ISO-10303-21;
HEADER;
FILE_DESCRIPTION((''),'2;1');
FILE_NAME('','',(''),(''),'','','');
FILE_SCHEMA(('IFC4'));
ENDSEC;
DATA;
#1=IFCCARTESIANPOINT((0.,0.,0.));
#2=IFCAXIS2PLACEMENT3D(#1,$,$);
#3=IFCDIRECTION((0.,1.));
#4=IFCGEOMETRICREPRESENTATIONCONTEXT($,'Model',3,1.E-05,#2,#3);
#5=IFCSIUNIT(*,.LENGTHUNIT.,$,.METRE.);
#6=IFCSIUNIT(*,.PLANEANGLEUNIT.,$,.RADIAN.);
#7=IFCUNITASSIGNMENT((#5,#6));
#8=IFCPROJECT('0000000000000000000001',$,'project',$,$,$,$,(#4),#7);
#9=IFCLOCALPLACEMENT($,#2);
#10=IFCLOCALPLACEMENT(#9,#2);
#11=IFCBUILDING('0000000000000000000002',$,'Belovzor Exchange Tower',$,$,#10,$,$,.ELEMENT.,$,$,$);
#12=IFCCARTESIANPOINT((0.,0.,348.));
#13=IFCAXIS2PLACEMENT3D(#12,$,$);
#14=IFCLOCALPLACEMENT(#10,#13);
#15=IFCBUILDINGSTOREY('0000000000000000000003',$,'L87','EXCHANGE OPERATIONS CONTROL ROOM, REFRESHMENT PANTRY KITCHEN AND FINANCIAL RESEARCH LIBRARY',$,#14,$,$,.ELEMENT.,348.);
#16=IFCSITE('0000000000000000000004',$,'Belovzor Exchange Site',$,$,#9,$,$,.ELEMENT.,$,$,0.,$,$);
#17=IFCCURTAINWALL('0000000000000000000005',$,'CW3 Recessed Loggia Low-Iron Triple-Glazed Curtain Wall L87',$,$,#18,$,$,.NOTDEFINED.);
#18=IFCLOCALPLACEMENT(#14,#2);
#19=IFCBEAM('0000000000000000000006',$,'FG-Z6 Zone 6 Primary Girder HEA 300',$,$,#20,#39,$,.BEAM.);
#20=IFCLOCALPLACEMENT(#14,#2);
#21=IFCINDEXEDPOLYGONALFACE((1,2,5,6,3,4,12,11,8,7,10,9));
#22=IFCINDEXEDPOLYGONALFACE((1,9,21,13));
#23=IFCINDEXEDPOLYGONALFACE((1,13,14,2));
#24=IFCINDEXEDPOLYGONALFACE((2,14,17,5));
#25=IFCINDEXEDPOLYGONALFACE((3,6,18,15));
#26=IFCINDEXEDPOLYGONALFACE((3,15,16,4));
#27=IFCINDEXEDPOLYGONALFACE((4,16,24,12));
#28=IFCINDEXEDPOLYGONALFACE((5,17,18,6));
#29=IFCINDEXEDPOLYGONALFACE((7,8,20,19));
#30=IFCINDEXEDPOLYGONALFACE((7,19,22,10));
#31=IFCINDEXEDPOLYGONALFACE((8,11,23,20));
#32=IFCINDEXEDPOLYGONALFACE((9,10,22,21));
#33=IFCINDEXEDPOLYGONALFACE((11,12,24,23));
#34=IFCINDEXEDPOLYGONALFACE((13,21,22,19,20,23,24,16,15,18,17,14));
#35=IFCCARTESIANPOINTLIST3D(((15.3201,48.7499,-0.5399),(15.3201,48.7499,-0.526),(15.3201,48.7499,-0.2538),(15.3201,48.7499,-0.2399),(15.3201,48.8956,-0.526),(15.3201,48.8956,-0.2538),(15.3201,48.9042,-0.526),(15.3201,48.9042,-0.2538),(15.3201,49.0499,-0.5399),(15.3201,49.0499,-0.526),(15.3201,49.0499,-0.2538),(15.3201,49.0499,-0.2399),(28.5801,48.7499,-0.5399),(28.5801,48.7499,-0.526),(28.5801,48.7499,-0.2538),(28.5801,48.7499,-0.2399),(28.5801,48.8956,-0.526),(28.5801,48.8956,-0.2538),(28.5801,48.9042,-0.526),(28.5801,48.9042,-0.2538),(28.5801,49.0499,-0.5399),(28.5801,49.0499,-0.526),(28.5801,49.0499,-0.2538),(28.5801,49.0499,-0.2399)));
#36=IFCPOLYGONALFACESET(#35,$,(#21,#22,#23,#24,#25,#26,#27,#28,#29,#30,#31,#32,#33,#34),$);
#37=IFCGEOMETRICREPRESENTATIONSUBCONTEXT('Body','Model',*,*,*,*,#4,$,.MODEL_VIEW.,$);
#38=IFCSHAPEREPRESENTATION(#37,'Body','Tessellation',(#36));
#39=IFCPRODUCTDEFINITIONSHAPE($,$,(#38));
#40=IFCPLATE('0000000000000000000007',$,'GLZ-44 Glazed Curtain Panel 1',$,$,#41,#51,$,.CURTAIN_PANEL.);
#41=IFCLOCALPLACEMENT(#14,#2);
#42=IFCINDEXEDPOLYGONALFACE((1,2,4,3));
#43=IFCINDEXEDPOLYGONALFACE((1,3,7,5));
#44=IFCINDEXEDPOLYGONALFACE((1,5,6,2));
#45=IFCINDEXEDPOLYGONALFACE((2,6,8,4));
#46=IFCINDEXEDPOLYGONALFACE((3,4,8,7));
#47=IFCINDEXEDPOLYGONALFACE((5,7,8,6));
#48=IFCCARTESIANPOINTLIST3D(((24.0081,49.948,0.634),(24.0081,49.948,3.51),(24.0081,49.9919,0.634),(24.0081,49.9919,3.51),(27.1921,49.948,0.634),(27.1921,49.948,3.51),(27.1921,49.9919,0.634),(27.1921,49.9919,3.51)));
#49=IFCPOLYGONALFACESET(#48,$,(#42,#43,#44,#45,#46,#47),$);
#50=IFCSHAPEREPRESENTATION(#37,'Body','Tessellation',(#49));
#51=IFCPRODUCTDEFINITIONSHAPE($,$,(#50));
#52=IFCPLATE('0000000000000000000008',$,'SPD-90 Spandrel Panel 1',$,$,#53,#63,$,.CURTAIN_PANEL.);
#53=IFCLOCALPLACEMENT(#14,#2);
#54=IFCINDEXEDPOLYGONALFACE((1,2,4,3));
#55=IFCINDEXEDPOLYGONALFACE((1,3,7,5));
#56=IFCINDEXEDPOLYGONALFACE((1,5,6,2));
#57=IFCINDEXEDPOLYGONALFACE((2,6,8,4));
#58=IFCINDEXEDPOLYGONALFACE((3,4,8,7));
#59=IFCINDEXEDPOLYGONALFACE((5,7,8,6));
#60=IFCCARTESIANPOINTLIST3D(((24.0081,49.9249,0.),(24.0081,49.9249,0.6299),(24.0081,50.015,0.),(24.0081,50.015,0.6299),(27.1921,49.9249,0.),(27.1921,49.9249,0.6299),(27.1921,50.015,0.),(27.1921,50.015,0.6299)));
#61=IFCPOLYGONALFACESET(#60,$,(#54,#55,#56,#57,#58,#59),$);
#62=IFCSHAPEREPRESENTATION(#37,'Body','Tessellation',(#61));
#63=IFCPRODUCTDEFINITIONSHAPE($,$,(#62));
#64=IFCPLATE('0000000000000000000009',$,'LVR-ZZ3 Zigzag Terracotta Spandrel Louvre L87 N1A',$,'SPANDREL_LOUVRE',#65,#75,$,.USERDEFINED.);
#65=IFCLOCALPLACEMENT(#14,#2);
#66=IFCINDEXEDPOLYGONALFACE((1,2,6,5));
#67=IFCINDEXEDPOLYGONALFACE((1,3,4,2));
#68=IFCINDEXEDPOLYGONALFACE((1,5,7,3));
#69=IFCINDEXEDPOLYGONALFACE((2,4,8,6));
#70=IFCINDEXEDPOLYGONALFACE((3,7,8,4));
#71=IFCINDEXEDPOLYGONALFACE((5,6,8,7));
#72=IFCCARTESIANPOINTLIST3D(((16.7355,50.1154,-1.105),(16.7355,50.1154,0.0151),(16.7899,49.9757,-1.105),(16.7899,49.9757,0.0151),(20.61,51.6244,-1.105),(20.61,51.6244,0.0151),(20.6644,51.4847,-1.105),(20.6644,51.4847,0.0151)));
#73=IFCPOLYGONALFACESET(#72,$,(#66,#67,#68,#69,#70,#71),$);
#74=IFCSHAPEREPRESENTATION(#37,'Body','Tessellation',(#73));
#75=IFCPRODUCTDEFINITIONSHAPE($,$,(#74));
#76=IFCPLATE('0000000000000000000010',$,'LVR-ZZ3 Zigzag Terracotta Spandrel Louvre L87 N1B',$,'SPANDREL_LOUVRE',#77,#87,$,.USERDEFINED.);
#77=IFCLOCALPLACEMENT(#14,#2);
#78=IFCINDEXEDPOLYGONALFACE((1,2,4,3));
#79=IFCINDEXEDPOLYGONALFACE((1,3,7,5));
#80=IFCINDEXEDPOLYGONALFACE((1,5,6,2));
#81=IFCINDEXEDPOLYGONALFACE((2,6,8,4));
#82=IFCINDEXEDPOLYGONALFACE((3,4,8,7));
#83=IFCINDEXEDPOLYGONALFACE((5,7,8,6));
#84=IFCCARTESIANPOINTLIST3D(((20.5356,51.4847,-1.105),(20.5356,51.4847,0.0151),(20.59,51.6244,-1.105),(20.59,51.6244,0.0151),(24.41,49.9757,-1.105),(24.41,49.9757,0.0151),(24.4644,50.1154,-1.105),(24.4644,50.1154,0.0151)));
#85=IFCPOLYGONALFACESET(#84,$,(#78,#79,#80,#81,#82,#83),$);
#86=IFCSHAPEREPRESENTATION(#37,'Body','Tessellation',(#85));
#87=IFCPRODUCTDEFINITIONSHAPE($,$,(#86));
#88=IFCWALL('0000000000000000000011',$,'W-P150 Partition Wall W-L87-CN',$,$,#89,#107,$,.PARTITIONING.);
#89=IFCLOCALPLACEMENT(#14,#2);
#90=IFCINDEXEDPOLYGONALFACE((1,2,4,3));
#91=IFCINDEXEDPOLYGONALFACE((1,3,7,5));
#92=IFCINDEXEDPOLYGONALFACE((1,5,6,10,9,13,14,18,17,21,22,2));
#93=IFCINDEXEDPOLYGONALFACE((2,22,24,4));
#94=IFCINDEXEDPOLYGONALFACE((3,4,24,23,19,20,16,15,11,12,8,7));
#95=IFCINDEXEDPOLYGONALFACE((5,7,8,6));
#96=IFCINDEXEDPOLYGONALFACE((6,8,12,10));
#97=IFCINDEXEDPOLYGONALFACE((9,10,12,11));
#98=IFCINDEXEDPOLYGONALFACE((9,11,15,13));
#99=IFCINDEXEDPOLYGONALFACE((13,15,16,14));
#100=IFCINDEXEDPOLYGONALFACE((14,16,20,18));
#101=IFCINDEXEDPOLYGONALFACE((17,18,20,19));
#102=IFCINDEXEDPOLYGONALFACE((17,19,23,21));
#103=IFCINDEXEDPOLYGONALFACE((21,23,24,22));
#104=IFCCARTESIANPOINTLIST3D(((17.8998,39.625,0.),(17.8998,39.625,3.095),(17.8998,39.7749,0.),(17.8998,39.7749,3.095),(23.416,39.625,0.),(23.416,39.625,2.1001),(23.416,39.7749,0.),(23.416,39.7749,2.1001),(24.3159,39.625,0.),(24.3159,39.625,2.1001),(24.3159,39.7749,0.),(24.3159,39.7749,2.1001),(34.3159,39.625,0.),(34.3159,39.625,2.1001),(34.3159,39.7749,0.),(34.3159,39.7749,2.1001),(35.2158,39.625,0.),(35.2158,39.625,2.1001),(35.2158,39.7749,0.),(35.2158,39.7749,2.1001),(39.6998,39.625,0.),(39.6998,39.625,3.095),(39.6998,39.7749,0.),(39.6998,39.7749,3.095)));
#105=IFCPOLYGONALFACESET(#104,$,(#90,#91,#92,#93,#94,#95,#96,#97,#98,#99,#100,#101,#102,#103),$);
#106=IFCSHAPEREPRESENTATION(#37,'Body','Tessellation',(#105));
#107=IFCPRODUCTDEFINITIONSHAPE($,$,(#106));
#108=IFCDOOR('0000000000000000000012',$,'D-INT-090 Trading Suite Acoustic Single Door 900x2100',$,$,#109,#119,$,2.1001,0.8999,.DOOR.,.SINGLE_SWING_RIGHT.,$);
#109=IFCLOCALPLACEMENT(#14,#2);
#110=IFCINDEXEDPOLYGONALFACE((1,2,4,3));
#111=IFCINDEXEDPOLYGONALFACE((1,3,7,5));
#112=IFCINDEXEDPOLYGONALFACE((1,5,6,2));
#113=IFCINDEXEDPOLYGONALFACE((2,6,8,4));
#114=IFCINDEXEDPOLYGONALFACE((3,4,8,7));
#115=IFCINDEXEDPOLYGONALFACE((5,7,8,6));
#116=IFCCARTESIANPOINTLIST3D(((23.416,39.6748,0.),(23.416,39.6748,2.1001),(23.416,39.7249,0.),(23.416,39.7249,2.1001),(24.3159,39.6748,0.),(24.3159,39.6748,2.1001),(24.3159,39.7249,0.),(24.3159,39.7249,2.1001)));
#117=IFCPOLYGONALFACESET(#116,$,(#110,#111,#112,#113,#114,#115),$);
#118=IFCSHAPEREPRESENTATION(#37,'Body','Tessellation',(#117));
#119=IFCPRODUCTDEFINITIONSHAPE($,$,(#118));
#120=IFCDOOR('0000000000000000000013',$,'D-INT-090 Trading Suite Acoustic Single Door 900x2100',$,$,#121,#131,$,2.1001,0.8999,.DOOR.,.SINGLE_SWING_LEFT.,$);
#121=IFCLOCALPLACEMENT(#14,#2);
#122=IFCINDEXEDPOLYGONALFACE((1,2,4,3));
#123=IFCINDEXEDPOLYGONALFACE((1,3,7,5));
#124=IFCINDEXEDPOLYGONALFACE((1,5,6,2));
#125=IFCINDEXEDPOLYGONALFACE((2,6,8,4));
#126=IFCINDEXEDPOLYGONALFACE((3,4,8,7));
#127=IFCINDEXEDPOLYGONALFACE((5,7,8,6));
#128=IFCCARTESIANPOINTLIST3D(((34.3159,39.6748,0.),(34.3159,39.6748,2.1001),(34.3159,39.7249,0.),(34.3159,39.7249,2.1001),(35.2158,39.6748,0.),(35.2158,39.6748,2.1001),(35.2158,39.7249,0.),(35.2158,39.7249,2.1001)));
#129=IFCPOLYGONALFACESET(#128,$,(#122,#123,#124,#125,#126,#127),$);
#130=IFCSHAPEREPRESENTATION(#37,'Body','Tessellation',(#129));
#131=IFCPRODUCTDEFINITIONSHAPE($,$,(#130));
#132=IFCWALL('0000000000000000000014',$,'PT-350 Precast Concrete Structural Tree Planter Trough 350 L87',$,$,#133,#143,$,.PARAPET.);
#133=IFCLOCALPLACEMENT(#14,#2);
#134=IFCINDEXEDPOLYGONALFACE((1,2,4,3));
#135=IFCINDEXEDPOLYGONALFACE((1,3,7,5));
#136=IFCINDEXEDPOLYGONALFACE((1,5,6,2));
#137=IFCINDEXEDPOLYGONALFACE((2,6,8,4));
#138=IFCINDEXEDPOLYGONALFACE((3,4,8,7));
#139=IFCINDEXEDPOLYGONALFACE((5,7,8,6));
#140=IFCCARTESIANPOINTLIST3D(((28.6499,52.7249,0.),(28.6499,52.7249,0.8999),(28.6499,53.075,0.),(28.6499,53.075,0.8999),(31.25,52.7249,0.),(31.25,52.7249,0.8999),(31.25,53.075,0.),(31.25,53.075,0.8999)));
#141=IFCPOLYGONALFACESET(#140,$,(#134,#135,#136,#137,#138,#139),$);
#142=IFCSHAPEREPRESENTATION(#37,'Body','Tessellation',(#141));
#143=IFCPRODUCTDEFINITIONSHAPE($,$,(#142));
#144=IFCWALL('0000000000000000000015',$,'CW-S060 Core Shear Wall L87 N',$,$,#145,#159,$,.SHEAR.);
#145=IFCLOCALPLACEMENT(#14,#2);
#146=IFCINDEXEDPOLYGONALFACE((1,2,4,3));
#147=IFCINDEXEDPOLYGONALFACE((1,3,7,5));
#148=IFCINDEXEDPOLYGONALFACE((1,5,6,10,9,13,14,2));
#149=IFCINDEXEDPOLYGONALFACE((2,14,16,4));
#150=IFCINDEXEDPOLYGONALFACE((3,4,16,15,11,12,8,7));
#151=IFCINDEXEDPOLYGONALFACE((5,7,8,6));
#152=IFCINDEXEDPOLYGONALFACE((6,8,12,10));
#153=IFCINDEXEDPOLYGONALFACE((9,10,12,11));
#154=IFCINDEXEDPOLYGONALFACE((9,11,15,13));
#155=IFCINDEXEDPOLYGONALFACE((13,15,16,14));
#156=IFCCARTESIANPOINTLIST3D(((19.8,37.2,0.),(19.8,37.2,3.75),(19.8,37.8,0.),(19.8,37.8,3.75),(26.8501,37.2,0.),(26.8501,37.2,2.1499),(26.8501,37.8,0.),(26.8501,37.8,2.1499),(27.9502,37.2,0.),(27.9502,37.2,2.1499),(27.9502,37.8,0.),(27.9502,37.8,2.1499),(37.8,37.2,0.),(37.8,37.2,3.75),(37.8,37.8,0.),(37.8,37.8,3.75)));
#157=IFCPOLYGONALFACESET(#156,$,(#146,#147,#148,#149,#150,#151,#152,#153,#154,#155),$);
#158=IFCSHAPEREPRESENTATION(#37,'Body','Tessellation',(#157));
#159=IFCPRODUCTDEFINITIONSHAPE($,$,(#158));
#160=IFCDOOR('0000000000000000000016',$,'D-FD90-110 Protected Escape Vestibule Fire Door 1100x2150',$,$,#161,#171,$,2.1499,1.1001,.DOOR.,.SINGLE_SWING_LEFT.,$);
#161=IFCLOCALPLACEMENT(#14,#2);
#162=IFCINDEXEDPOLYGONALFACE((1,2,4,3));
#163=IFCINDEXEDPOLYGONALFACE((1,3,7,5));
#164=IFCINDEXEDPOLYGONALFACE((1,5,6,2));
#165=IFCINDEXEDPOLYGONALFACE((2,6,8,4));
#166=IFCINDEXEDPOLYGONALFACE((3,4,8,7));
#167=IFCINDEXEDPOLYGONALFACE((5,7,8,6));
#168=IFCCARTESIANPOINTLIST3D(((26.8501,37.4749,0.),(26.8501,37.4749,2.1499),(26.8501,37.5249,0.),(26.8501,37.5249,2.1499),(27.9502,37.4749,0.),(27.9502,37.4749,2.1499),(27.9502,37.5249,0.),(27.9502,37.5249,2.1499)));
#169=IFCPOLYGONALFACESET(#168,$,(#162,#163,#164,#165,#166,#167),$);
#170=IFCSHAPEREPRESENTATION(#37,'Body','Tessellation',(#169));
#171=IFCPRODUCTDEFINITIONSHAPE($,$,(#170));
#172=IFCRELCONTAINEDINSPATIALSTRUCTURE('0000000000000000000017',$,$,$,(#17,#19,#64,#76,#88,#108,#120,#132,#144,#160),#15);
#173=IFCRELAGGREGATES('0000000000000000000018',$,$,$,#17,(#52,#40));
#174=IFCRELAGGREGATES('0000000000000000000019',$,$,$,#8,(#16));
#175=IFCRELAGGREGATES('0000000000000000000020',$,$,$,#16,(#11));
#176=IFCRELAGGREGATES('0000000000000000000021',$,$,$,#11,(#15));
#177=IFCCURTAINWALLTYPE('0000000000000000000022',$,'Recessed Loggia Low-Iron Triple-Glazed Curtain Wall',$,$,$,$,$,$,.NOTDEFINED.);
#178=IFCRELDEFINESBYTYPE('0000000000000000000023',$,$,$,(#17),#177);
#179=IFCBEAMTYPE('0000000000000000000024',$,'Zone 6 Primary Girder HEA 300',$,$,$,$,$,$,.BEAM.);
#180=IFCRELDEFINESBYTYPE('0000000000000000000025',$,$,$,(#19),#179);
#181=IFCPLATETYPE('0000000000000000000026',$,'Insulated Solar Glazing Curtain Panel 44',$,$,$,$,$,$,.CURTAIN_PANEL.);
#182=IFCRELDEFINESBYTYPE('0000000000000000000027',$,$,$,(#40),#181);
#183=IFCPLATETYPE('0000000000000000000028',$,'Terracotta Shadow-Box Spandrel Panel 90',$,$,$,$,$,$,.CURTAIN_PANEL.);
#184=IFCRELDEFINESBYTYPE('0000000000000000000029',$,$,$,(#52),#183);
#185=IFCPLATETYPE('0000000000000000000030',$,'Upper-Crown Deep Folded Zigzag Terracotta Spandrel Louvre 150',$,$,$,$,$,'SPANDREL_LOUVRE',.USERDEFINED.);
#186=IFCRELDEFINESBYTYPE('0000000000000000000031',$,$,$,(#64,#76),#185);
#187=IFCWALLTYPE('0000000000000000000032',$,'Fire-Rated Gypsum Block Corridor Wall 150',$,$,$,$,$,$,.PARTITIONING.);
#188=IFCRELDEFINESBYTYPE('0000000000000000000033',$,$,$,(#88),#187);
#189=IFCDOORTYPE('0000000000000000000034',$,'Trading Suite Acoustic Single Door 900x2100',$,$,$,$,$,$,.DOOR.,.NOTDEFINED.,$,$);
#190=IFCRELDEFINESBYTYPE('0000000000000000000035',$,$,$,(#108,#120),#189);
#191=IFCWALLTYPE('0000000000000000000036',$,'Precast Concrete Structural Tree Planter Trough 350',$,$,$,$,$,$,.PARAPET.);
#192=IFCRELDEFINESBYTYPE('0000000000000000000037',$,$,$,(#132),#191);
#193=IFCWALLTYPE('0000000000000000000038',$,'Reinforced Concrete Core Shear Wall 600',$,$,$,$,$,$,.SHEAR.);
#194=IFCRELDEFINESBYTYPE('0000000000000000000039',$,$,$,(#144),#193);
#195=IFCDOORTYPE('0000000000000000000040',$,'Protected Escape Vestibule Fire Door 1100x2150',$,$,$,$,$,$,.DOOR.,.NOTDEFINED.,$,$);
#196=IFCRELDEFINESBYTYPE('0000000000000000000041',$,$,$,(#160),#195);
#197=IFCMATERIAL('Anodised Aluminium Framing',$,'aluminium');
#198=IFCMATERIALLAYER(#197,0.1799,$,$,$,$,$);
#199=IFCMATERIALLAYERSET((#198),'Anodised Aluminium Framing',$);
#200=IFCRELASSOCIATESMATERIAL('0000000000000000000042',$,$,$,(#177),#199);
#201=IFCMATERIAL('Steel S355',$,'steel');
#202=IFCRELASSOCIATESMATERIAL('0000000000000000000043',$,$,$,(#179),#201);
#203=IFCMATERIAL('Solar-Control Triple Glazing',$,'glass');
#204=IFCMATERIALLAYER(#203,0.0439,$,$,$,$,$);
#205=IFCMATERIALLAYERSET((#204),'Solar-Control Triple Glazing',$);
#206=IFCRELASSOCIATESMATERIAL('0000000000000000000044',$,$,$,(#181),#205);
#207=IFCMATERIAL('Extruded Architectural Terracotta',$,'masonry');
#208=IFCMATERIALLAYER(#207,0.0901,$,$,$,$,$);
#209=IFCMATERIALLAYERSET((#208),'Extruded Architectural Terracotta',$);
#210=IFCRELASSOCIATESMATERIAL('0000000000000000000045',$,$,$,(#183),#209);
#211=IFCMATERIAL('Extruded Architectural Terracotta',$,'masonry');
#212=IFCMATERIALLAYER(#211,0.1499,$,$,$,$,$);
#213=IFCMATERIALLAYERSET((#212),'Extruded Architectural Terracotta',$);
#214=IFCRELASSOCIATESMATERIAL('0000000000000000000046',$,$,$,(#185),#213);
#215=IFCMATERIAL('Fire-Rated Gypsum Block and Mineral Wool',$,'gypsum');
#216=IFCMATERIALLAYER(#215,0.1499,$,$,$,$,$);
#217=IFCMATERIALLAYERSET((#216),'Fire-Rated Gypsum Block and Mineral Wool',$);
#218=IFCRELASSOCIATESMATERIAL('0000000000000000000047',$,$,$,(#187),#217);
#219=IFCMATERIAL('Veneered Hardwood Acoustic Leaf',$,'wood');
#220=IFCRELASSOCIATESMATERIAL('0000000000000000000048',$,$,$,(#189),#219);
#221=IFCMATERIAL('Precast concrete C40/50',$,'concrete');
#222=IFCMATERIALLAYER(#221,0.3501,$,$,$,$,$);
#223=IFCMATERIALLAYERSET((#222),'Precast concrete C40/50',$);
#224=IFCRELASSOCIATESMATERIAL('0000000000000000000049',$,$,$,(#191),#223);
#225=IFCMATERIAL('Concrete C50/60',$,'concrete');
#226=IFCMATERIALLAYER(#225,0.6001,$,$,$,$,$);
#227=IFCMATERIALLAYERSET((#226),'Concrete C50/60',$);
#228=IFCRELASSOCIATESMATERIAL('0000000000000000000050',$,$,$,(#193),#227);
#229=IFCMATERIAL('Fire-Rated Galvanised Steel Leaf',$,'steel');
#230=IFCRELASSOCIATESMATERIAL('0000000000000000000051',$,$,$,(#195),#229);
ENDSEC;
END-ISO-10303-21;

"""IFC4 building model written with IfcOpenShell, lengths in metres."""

from ifc_helpers import new_model, si_unit, direction, frame, frame_2d, origin, origin_2d, place, context, subcontext, project, spatial, rectangle, i_section, extrude, material, layer, layer_set, material_profile, profile_set, type_object, element, fill, aggregate, save


model = new_model("IFC4")

# Units and contexts
model_context = context("Model", 3, precision=1e-05, world=origin(), true_north=direction((0.0, 1.0)))
body_context = subcontext(model_context, "Body", "Model", "MODEL_VIEW")
ifc_project = project(units=[si_unit("LENGTHUNIT", "METRE"), si_unit("PLANEANGLEUNIT", "RADIAN")], contexts=[model_context])

# Site, building, storey
site_placement = place(None, origin())
site = spatial("IfcSite", under=ifc_project, at=site_placement, Name="Belovzor Exchange Site", CompositionType="ELEMENT", RefElevation=0.0)
building_placement = place(site_placement, origin())
building = spatial("IfcBuilding", under=site, at=building_placement, Name="Belovzor Exchange Tower", CompositionType="ELEMENT")
storey_placement = place(building_placement, frame((0.0, 0.0, 348.0)))
storey = spatial("IfcBuildingStorey", under=building, at=storey_placement, Name="L87", Description="EXCHANGE OPERATIONS CONTROL ROOM, REFRESHMENT PANTRY KITCHEN AND FINANCIAL RESEARCH LIBRARY", CompositionType="ELEMENT", Elevation=348.0)

# Curtain wall
ifc_material_1 = material(Name="Anodised Aluminium Framing", Category="aluminium")
ifc_layer_1 = layer(ifc_material_1, 0.1799)
ifc_layer_set_1 = layer_set([ifc_layer_1], Name="Anodised Aluminium Framing")
curtain_wall_type = type_object("IfcCurtainWallType", Name="Recessed Loggia Low-Iron Triple-Glazed Curtain Wall", PredefinedType="NOTDEFINED", material=ifc_layer_set_1)
curtain_wall_placement = place(storey_placement, origin())
curtain_wall = element("IfcCurtainWall", 1, at=curtain_wall_placement, inside=storey, type_object=curtain_wall_type, Name="CW3 Recessed Loggia Low-Iron Triple-Glazed Curtain Wall L87", PredefinedType="NOTDEFINED")

# Beam
ifc_material_2 = material(Name="Steel S355", Category="steel")
ifc_material_profile_1 = material_profile(ifc_material_2, i_section(OverallWidth=0.3, OverallDepth=0.3, WebThickness=0.0085, FlangeThickness=0.0139, at=origin_2d()))
ifc_profile_set_1 = profile_set([ifc_material_profile_1], Name="Steel S355")
beam_type_1 = type_object("IfcBeamType", Name="Zone 6 Primary Girder HEA 300", PredefinedType="BEAM", material=ifc_profile_set_1)
beam_1_placement = place(storey_placement, frame((28.5801, 48.8999, -0.3899), z_axis=(-1.0, 0.0, 0.0), x_axis=(0.0, -1.0, 0.0)))
element("IfcBeam", 2, at=beam_1_placement, inside=storey, type_object=beam_type_1, Name="FG-Z6 Zone 6 Primary Girder HEA 300", PredefinedType="BEAM", context=body_context, shape_type="SweptSolid", body=[
    extrude(i_section(OverallWidth=0.3, OverallDepth=0.3, WebThickness=0.0085, FlangeThickness=0.0139, at=origin_2d()), origin(), (0.0, 0.0, 1.0), 13.26),
])

# Plates
ifc_material_3 = material(Name="Solar-Control Triple Glazing", Category="glass")
ifc_layer_2 = layer(ifc_material_3, 0.0439)
ifc_layer_set_2 = layer_set([ifc_layer_2], Name="Solar-Control Triple Glazing")
plate_type_1 = type_object("IfcPlateType", Name="Insulated Solar Glazing Curtain Panel 44", PredefinedType="CURTAIN_PANEL", material=ifc_layer_set_2)
plate_1_placement = place(storey_placement, frame((25.6001, 49.97, 0.634), z_axis=(0.0, 0.0, 1.0), x_axis=(1.0, 0.0, 0.0)))
plate_1 = element("IfcPlate", 3, at=plate_1_placement, type_object=plate_type_1, Name="GLZ-44 Glazed Curtain Panel 1", PredefinedType="CURTAIN_PANEL", context=body_context, shape_type="SweptSolid", body=[
    extrude(rectangle(XDim=3.1841, YDim=0.0439, at=origin_2d()), origin(), (0.0, 0.0, 1.0), 2.876),
])
ifc_material_4 = material(Name="Extruded Architectural Terracotta", Category="masonry")
ifc_layer_3 = layer(ifc_material_4, 0.0901)
ifc_layer_set_3 = layer_set([ifc_layer_3], Name="Extruded Architectural Terracotta")
plate_type_2 = type_object("IfcPlateType", Name="Terracotta Shadow-Box Spandrel Panel 90", PredefinedType="CURTAIN_PANEL", material=ifc_layer_set_3)
plate_2_placement = place(storey_placement, frame((25.6001, 49.97, 0.0), z_axis=(0.0, 0.0, 1.0), x_axis=(1.0, 0.0, 0.0)))
plate_2 = element("IfcPlate", 4, at=plate_2_placement, type_object=plate_type_2, Name="SPD-90 Spandrel Panel 1", PredefinedType="CURTAIN_PANEL", context=body_context, shape_type="SweptSolid", body=[
    extrude(rectangle(XDim=3.1841, YDim=0.0901, at=origin_2d()), origin(), (0.0, 0.0, 1.0), 0.6299),
])
aggregate(curtain_wall, [plate_2, plate_1])

# Plates
ifc_material_5 = material(Name="Extruded Architectural Terracotta", Category="masonry")
ifc_layer_4 = layer(ifc_material_5, 0.1499)
ifc_layer_set_4 = layer_set([ifc_layer_4], Name="Extruded Architectural Terracotta")
plate_type_3 = type_object("IfcPlateType", Name="Upper-Crown Deep Folded Zigzag Terracotta Spandrel Louvre 150", ElementType="SPANDREL_LOUVRE", PredefinedType="USERDEFINED", material=ifc_layer_set_4)
for number, where, z_axis, x_axis, name in (
    (5, (18.7, 50.8, -1.105), (0.0, 0.0, 1.0), (0.931818, 0.362926, 0.0), "LVR-ZZ3 Zigzag Terracotta Spandrel Louvre L87 N1A"),
    (6, (22.5, 50.8, -1.105), (0.0, 0.0, 1.0), (0.931818, -0.362926, 0.0), "LVR-ZZ3 Zigzag Terracotta Spandrel Louvre L87 N1B"),
):
    element("IfcPlate", number, at=place(storey_placement, frame(where, z_axis=z_axis, x_axis=x_axis)), inside=storey, type_object=plate_type_3, Name=name, ObjectType="SPANDREL_LOUVRE", PredefinedType="USERDEFINED", context=body_context, shape_type="SweptSolid", body=[
        extrude(rectangle(XDim=4.158, YDim=0.1499, at=origin_2d()), origin(), (0.0, 0.0, 1.0), 1.1201),
    ])

# Wall, openings, doors
ifc_material_6 = material(Name="Fire-Rated Gypsum Block and Mineral Wool", Category="gypsum")
ifc_layer_5 = layer(ifc_material_6, 0.1499)
ifc_layer_set_5 = layer_set([ifc_layer_5], Name="Fire-Rated Gypsum Block and Mineral Wool")
wall_type_1 = type_object("IfcWallType", Name="Fire-Rated Gypsum Block Corridor Wall 150", PredefinedType="PARTITIONING", material=ifc_layer_set_5)
wall_1_placement = place(storey_placement, frame((17.8999, 39.7, 0.0), z_axis=(0.0, 0.0, 1.0), x_axis=(1.0, 0.0, 0.0)))
wall_1 = element("IfcWall", 7, at=wall_1_placement, inside=storey, type_object=wall_type_1, Name="W-P150 Partition Wall W-L87-CN", PredefinedType="PARTITIONING", context=body_context, shape_type="SweptSolid", body=[
    extrude(rectangle(XDim=21.8, YDim=0.1499, at=frame_2d((10.8999, 0.0))), origin(), (0.0, 0.0, 1.0), 3.095),
])
opening_1_placement = place(wall_1_placement, frame((5.5161, 0.0, 0.0)))
opening_1 = element("IfcOpeningElement", 8, at=opening_1_placement, cuts=wall_1, PredefinedType="OPENING", context=body_context, shape_type="SweptSolid", body=[
    extrude(rectangle(XDim=0.8999, YDim=2.1001, at=frame_2d((0.45, 1.05))), frame((0.0, 0.085, 0.0), z_axis=(0.0, -1.0, 0.0), x_axis=(1.0, 0.0, 0.0)), (0.0, 0.0, 1.0), 0.1699),
])
opening_2_placement = place(wall_1_placement, frame((16.416, 0.0, 0.0)))
opening_2 = element("IfcOpeningElement", 9, at=opening_2_placement, cuts=wall_1, PredefinedType="OPENING", context=body_context, shape_type="SweptSolid", body=[
    extrude(rectangle(XDim=0.8999, YDim=2.1001, at=frame_2d((0.45, 1.05))), frame((0.0, 0.085, 0.0), z_axis=(0.0, -1.0, 0.0), x_axis=(1.0, 0.0, 0.0)), (0.0, 0.0, 1.0), 0.1699),
])
ifc_material_7 = material(Name="Veneered Hardwood Acoustic Leaf", Category="wood")
door_type_1 = type_object("IfcDoorType", Name="Trading Suite Acoustic Single Door 900x2100", OperationType="NOTDEFINED", PredefinedType="DOOR", material=ifc_material_7)
door_1_placement = place(opening_1_placement, origin())
door_1 = element("IfcDoor", 10, at=door_1_placement, inside=storey, type_object=door_type_1, Name="D-INT-090 Trading Suite Acoustic Single Door 900x2100", OperationType="SINGLE_SWING_RIGHT", OverallHeight=2.1001, OverallWidth=0.8999, PredefinedType="DOOR", context=body_context, shape_type="SweptSolid", body=[
    extrude(rectangle(XDim=0.8999, YDim=2.1001, at=frame_2d((0.45, 1.05))), frame((0.0, 0.0249, 0.0), z_axis=(0.0, -1.0, 0.0), x_axis=(1.0, 0.0, 0.0)), (0.0, 0.0, 1.0), 0.05),
])
fill(opening_1, door_1)
door_2_placement = place(opening_2_placement, origin())
door_2 = element("IfcDoor", 11, at=door_2_placement, inside=storey, type_object=door_type_1, Name="D-INT-090 Trading Suite Acoustic Single Door 900x2100", OperationType="SINGLE_SWING_LEFT", OverallHeight=2.1001, OverallWidth=0.8999, PredefinedType="DOOR", context=body_context, shape_type="SweptSolid", body=[
    extrude(rectangle(XDim=0.8999, YDim=2.1001, at=frame_2d((0.45, 1.05))), frame((0.0, 0.0249, 0.0), z_axis=(0.0, -1.0, 0.0), x_axis=(1.0, 0.0, 0.0)), (0.0, 0.0, 1.0), 0.05),
])
fill(opening_2, door_2)

# Wall
ifc_material_8 = material(Name="Precast concrete C40/50", Category="concrete")
ifc_layer_6 = layer(ifc_material_8, 0.3501)
ifc_layer_set_6 = layer_set([ifc_layer_6], Name="Precast concrete C40/50")
wall_type_2 = type_object("IfcWallType", Name="Precast Concrete Structural Tree Planter Trough 350", PredefinedType="PARAPET", material=ifc_layer_set_6)
wall_2_placement = place(storey_placement, frame((28.6499, 52.8999, 0.0), z_axis=(0.0, 0.0, 1.0), x_axis=(1.0, 0.0, 0.0)))
element("IfcWall", 12, at=wall_2_placement, inside=storey, type_object=wall_type_2, Name="PT-350 Precast Concrete Structural Tree Planter Trough 350 L87", PredefinedType="PARAPET", context=body_context, shape_type="SweptSolid", body=[
    extrude(rectangle(XDim=2.6001, YDim=0.3501, at=frame_2d((1.3, 0.0))), origin(), (0.0, 0.0, 1.0), 0.8999),
])

# Wall, opening, door
ifc_material_9 = material(Name="Concrete C50/60", Category="concrete")
ifc_layer_7 = layer(ifc_material_9, 0.6001)
ifc_layer_set_7 = layer_set([ifc_layer_7], Name="Concrete C50/60")
wall_type_3 = type_object("IfcWallType", Name="Reinforced Concrete Core Shear Wall 600", PredefinedType="SHEAR", material=ifc_layer_set_7)
wall_3_placement = place(storey_placement, frame((19.8, 37.5, 0.0), z_axis=(0.0, 0.0, 1.0), x_axis=(1.0, 0.0, 0.0)))
wall_3 = element("IfcWall", 13, at=wall_3_placement, inside=storey, type_object=wall_type_3, Name="CW-S060 Core Shear Wall L87 N", PredefinedType="SHEAR", context=body_context, shape_type="SweptSolid", body=[
    extrude(rectangle(XDim=18.0, YDim=0.6001, at=frame_2d((9.0, 0.0))), origin(), (0.0, 0.0, 1.0), 3.75),
])
opening_3_placement = place(wall_3_placement, frame((7.05, 0.0, 0.0)))
opening_3 = element("IfcOpeningElement", 14, at=opening_3_placement, cuts=wall_3, PredefinedType="OPENING", context=body_context, shape_type="SweptSolid", body=[
    extrude(rectangle(XDim=1.1001, YDim=2.1499, at=frame_2d((0.55, 1.075))), frame((0.0, 0.3101, 0.0), z_axis=(0.0, -1.0, 0.0), x_axis=(1.0, 0.0, 0.0)), (0.0, 0.0, 1.0), 0.6201),
])
ifc_material_10 = material(Name="Fire-Rated Galvanised Steel Leaf", Category="steel")
door_type_2 = type_object("IfcDoorType", Name="Protected Escape Vestibule Fire Door 1100x2150", OperationType="NOTDEFINED", PredefinedType="DOOR", material=ifc_material_10)
door_3_placement = place(opening_3_placement, origin())
door_3 = element("IfcDoor", 15, at=door_3_placement, inside=storey, type_object=door_type_2, Name="D-FD90-110 Protected Escape Vestibule Fire Door 1100x2150", OperationType="SINGLE_SWING_LEFT", OverallHeight=2.1499, OverallWidth=1.1001, PredefinedType="DOOR", context=body_context, shape_type="SweptSolid", body=[
    extrude(rectangle(XDim=1.1001, YDim=2.1499, at=frame_2d((0.55, 1.075))), frame((0.0, 0.0249, 0.0), z_axis=(0.0, -1.0, 0.0), x_axis=(1.0, 0.0, 0.0)), (0.0, 0.0, 1.0), 0.05),
])
fill(opening_3, door_3)

save(model, "model.ifc")
